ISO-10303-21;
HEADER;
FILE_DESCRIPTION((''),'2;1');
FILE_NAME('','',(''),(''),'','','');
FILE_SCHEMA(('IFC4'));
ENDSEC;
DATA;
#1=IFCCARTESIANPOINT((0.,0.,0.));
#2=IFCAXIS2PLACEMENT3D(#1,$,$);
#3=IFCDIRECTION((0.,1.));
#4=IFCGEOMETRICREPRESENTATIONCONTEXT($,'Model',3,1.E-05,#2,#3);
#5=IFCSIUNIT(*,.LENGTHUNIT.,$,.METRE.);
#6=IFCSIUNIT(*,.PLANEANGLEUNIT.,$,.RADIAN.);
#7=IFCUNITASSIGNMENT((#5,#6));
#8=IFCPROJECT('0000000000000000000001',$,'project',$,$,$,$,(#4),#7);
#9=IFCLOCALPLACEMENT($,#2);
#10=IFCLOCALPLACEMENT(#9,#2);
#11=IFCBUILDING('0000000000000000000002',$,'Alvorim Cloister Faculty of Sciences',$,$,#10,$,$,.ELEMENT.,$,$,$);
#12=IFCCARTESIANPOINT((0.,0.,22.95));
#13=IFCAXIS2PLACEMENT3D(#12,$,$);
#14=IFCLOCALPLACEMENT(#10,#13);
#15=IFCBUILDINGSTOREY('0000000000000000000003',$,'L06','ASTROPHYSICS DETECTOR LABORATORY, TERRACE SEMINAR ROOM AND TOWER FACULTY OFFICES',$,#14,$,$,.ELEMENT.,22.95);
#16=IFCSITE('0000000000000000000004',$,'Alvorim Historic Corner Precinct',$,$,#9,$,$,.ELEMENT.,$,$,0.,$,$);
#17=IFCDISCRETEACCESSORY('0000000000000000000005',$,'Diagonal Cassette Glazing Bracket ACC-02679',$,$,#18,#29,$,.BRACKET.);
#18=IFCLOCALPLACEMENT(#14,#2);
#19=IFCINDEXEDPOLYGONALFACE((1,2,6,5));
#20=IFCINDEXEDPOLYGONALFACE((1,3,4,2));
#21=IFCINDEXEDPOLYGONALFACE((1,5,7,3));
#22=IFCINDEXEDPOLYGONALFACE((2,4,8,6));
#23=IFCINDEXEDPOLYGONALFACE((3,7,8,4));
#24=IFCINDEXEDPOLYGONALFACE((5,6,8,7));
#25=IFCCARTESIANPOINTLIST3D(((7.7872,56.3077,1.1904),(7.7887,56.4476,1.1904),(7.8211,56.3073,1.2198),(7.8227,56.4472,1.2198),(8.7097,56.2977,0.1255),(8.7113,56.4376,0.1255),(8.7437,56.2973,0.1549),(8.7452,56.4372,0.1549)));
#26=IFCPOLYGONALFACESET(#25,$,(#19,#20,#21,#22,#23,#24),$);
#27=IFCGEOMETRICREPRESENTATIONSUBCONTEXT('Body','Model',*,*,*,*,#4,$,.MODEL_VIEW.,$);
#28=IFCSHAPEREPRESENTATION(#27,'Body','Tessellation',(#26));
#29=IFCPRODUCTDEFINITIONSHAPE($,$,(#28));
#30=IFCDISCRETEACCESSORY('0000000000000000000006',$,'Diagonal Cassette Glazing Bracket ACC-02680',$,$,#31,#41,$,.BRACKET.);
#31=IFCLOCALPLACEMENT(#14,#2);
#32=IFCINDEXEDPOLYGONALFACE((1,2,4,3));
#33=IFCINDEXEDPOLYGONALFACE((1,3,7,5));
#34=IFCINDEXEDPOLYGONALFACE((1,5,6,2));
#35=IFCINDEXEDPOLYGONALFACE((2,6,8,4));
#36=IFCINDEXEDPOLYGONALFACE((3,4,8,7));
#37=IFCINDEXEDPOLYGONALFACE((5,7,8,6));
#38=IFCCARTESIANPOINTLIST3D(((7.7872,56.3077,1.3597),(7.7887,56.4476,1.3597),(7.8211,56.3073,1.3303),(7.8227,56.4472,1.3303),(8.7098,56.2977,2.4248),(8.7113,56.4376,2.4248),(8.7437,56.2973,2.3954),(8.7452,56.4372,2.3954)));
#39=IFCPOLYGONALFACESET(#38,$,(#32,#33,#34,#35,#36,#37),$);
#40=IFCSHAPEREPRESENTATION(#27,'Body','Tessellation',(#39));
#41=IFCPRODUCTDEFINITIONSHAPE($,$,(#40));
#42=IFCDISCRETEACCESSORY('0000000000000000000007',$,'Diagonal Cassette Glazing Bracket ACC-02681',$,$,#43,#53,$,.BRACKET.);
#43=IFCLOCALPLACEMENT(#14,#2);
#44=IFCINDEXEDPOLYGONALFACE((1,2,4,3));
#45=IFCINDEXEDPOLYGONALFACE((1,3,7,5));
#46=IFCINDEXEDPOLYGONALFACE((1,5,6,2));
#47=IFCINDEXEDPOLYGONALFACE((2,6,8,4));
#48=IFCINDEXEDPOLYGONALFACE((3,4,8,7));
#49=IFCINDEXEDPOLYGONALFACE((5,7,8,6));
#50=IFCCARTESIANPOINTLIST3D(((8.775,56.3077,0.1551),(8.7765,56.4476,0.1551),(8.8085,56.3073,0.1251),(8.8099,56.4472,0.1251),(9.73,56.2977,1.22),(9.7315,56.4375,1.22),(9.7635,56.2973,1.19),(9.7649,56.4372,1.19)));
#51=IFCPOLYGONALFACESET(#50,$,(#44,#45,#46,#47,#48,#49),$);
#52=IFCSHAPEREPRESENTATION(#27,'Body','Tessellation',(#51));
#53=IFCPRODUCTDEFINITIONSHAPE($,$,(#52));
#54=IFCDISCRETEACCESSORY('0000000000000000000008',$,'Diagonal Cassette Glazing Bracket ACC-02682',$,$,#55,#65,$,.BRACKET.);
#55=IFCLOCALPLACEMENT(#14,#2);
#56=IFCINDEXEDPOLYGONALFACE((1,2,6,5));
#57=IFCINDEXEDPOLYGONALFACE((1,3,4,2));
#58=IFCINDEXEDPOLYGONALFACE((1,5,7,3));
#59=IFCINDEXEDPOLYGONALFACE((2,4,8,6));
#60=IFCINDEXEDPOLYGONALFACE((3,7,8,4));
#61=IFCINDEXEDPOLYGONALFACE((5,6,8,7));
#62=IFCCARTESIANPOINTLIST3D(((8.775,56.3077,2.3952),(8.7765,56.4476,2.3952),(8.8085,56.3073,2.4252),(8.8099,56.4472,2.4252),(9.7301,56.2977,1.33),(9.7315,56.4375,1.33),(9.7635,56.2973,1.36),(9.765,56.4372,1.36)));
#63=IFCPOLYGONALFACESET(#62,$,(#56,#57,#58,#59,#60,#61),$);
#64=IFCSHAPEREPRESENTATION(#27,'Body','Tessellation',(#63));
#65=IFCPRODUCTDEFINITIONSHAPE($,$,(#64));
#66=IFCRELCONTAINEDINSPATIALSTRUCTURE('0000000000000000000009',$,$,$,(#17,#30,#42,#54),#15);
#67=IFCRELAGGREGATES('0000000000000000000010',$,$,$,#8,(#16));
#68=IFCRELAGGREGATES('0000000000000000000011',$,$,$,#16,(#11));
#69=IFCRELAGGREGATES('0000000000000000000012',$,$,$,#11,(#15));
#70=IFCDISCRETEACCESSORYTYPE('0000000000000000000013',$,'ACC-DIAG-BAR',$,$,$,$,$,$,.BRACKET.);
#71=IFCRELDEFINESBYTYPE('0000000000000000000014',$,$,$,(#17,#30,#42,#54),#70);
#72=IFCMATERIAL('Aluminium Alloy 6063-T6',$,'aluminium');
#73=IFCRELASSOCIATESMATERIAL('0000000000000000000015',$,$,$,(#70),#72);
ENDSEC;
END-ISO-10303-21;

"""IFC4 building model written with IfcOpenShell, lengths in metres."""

from ifc_helpers import new_model, si_unit, direction, frame, origin, origin_2d, place, context, subcontext, project, spatial, rectangle, extrude, material, type_object, element, save


model = new_model("IFC4")

# Units and contexts
model_context = context("Model", 3, precision=1e-05, world=origin(), true_north=direction((0.0, 1.0)))
body_context = subcontext(model_context, "Body", "Model", "MODEL_VIEW")
ifc_project = project(units=[si_unit("LENGTHUNIT", "METRE"), si_unit("PLANEANGLEUNIT", "RADIAN")], contexts=[model_context])

# Site, building, storey
site_placement = place(None, origin())
site = spatial("IfcSite", under=ifc_project, at=site_placement, Name="Alvorim Historic Corner Precinct", CompositionType="ELEMENT", RefElevation=0.0)
building_placement = place(site_placement, origin())
building = spatial("IfcBuilding", under=site, at=building_placement, Name="Alvorim Cloister Faculty of Sciences", CompositionType="ELEMENT")
storey_placement = place(building_placement, frame((0.0, 0.0, 22.95)))
storey = spatial("IfcBuildingStorey", under=building, at=storey_placement, Name="L06", Description="ASTROPHYSICS DETECTOR LABORATORY, TERRACE SEMINAR ROOM AND TOWER FACULTY OFFICES", CompositionType="ELEMENT", Elevation=22.95)

# Shared definitions
ifc_material_1 = material(Name="Aluminium Alloy 6063-T6", Category="aluminium")

# Discrete accessories
discrete_accessory_type = type_object("IfcDiscreteAccessoryType", Name="ACC-DIAG-BAR", PredefinedType="BRACKET", material=ifc_material_1)
discrete_accessory_1_placement = place(storey_placement, frame((7.8049, 56.3774, 1.2051), z_axis=(0.654775, -0.007104, -0.75579), x_axis=(0.010849, 0.999941, 0.0)))
element("IfcDiscreteAccessory", 1, at=discrete_accessory_1_placement, inside=storey, type_object=discrete_accessory_type, Name="Diagonal Cassette Glazing Bracket ACC-02679", PredefinedType="BRACKET", context=body_context, shape_type="SweptSolid", body=[
    extrude(rectangle(XDim=0.1399, YDim=0.0449, at=origin_2d()), origin(), (0.0, 0.0, 1.0), 1.4089),
])
discrete_accessory_2_placement = place(storey_placement, frame((7.8049, 56.3774, 1.345), z_axis=(0.65469, -0.007103, 0.755864), x_axis=(0.010849, 0.999941, 0.0)))
element("IfcDiscreteAccessory", 2, at=discrete_accessory_2_placement, inside=storey, type_object=discrete_accessory_type, Name="Diagonal Cassette Glazing Bracket ACC-02680", PredefinedType="BRACKET", context=body_context, shape_type="SweptSolid", body=[
    extrude(rectangle(XDim=0.1399, YDim=0.0449, at=origin_2d()), origin(), (0.0, 0.0, 1.0), 1.4092),
])
discrete_accessory_3_placement = place(storey_placement, frame((8.7925, 56.3774, 0.1401), z_axis=(0.667646, -0.006997, 0.744446), x_axis=(0.01048, 0.999945, 0.0)))
element("IfcDiscreteAccessory", 3, at=discrete_accessory_3_placement, inside=storey, type_object=discrete_accessory_type, Name="Diagonal Cassette Glazing Bracket ACC-02681", PredefinedType="BRACKET", context=body_context, shape_type="SweptSolid", body=[
    extrude(rectangle(XDim=0.1399, YDim=0.0449, at=origin_2d()), origin(), (0.0, 0.0, 1.0), 1.4304),
])
discrete_accessory_4_placement = place(storey_placement, frame((8.7925, 56.3774, 2.4102), z_axis=(0.667561, -0.006996, -0.744522), x_axis=(0.01048, 0.999945, 0.0)))
element("IfcDiscreteAccessory", 4, at=discrete_accessory_4_placement, inside=storey, type_object=discrete_accessory_type, Name="Diagonal Cassette Glazing Bracket ACC-02682", PredefinedType="BRACKET", context=body_context, shape_type="SweptSolid", body=[
    extrude(rectangle(XDim=0.1399, YDim=0.0449, at=origin_2d()), origin(), (0.0, 0.0, 1.0), 1.4307),
])

save(model, "model.ifc")
